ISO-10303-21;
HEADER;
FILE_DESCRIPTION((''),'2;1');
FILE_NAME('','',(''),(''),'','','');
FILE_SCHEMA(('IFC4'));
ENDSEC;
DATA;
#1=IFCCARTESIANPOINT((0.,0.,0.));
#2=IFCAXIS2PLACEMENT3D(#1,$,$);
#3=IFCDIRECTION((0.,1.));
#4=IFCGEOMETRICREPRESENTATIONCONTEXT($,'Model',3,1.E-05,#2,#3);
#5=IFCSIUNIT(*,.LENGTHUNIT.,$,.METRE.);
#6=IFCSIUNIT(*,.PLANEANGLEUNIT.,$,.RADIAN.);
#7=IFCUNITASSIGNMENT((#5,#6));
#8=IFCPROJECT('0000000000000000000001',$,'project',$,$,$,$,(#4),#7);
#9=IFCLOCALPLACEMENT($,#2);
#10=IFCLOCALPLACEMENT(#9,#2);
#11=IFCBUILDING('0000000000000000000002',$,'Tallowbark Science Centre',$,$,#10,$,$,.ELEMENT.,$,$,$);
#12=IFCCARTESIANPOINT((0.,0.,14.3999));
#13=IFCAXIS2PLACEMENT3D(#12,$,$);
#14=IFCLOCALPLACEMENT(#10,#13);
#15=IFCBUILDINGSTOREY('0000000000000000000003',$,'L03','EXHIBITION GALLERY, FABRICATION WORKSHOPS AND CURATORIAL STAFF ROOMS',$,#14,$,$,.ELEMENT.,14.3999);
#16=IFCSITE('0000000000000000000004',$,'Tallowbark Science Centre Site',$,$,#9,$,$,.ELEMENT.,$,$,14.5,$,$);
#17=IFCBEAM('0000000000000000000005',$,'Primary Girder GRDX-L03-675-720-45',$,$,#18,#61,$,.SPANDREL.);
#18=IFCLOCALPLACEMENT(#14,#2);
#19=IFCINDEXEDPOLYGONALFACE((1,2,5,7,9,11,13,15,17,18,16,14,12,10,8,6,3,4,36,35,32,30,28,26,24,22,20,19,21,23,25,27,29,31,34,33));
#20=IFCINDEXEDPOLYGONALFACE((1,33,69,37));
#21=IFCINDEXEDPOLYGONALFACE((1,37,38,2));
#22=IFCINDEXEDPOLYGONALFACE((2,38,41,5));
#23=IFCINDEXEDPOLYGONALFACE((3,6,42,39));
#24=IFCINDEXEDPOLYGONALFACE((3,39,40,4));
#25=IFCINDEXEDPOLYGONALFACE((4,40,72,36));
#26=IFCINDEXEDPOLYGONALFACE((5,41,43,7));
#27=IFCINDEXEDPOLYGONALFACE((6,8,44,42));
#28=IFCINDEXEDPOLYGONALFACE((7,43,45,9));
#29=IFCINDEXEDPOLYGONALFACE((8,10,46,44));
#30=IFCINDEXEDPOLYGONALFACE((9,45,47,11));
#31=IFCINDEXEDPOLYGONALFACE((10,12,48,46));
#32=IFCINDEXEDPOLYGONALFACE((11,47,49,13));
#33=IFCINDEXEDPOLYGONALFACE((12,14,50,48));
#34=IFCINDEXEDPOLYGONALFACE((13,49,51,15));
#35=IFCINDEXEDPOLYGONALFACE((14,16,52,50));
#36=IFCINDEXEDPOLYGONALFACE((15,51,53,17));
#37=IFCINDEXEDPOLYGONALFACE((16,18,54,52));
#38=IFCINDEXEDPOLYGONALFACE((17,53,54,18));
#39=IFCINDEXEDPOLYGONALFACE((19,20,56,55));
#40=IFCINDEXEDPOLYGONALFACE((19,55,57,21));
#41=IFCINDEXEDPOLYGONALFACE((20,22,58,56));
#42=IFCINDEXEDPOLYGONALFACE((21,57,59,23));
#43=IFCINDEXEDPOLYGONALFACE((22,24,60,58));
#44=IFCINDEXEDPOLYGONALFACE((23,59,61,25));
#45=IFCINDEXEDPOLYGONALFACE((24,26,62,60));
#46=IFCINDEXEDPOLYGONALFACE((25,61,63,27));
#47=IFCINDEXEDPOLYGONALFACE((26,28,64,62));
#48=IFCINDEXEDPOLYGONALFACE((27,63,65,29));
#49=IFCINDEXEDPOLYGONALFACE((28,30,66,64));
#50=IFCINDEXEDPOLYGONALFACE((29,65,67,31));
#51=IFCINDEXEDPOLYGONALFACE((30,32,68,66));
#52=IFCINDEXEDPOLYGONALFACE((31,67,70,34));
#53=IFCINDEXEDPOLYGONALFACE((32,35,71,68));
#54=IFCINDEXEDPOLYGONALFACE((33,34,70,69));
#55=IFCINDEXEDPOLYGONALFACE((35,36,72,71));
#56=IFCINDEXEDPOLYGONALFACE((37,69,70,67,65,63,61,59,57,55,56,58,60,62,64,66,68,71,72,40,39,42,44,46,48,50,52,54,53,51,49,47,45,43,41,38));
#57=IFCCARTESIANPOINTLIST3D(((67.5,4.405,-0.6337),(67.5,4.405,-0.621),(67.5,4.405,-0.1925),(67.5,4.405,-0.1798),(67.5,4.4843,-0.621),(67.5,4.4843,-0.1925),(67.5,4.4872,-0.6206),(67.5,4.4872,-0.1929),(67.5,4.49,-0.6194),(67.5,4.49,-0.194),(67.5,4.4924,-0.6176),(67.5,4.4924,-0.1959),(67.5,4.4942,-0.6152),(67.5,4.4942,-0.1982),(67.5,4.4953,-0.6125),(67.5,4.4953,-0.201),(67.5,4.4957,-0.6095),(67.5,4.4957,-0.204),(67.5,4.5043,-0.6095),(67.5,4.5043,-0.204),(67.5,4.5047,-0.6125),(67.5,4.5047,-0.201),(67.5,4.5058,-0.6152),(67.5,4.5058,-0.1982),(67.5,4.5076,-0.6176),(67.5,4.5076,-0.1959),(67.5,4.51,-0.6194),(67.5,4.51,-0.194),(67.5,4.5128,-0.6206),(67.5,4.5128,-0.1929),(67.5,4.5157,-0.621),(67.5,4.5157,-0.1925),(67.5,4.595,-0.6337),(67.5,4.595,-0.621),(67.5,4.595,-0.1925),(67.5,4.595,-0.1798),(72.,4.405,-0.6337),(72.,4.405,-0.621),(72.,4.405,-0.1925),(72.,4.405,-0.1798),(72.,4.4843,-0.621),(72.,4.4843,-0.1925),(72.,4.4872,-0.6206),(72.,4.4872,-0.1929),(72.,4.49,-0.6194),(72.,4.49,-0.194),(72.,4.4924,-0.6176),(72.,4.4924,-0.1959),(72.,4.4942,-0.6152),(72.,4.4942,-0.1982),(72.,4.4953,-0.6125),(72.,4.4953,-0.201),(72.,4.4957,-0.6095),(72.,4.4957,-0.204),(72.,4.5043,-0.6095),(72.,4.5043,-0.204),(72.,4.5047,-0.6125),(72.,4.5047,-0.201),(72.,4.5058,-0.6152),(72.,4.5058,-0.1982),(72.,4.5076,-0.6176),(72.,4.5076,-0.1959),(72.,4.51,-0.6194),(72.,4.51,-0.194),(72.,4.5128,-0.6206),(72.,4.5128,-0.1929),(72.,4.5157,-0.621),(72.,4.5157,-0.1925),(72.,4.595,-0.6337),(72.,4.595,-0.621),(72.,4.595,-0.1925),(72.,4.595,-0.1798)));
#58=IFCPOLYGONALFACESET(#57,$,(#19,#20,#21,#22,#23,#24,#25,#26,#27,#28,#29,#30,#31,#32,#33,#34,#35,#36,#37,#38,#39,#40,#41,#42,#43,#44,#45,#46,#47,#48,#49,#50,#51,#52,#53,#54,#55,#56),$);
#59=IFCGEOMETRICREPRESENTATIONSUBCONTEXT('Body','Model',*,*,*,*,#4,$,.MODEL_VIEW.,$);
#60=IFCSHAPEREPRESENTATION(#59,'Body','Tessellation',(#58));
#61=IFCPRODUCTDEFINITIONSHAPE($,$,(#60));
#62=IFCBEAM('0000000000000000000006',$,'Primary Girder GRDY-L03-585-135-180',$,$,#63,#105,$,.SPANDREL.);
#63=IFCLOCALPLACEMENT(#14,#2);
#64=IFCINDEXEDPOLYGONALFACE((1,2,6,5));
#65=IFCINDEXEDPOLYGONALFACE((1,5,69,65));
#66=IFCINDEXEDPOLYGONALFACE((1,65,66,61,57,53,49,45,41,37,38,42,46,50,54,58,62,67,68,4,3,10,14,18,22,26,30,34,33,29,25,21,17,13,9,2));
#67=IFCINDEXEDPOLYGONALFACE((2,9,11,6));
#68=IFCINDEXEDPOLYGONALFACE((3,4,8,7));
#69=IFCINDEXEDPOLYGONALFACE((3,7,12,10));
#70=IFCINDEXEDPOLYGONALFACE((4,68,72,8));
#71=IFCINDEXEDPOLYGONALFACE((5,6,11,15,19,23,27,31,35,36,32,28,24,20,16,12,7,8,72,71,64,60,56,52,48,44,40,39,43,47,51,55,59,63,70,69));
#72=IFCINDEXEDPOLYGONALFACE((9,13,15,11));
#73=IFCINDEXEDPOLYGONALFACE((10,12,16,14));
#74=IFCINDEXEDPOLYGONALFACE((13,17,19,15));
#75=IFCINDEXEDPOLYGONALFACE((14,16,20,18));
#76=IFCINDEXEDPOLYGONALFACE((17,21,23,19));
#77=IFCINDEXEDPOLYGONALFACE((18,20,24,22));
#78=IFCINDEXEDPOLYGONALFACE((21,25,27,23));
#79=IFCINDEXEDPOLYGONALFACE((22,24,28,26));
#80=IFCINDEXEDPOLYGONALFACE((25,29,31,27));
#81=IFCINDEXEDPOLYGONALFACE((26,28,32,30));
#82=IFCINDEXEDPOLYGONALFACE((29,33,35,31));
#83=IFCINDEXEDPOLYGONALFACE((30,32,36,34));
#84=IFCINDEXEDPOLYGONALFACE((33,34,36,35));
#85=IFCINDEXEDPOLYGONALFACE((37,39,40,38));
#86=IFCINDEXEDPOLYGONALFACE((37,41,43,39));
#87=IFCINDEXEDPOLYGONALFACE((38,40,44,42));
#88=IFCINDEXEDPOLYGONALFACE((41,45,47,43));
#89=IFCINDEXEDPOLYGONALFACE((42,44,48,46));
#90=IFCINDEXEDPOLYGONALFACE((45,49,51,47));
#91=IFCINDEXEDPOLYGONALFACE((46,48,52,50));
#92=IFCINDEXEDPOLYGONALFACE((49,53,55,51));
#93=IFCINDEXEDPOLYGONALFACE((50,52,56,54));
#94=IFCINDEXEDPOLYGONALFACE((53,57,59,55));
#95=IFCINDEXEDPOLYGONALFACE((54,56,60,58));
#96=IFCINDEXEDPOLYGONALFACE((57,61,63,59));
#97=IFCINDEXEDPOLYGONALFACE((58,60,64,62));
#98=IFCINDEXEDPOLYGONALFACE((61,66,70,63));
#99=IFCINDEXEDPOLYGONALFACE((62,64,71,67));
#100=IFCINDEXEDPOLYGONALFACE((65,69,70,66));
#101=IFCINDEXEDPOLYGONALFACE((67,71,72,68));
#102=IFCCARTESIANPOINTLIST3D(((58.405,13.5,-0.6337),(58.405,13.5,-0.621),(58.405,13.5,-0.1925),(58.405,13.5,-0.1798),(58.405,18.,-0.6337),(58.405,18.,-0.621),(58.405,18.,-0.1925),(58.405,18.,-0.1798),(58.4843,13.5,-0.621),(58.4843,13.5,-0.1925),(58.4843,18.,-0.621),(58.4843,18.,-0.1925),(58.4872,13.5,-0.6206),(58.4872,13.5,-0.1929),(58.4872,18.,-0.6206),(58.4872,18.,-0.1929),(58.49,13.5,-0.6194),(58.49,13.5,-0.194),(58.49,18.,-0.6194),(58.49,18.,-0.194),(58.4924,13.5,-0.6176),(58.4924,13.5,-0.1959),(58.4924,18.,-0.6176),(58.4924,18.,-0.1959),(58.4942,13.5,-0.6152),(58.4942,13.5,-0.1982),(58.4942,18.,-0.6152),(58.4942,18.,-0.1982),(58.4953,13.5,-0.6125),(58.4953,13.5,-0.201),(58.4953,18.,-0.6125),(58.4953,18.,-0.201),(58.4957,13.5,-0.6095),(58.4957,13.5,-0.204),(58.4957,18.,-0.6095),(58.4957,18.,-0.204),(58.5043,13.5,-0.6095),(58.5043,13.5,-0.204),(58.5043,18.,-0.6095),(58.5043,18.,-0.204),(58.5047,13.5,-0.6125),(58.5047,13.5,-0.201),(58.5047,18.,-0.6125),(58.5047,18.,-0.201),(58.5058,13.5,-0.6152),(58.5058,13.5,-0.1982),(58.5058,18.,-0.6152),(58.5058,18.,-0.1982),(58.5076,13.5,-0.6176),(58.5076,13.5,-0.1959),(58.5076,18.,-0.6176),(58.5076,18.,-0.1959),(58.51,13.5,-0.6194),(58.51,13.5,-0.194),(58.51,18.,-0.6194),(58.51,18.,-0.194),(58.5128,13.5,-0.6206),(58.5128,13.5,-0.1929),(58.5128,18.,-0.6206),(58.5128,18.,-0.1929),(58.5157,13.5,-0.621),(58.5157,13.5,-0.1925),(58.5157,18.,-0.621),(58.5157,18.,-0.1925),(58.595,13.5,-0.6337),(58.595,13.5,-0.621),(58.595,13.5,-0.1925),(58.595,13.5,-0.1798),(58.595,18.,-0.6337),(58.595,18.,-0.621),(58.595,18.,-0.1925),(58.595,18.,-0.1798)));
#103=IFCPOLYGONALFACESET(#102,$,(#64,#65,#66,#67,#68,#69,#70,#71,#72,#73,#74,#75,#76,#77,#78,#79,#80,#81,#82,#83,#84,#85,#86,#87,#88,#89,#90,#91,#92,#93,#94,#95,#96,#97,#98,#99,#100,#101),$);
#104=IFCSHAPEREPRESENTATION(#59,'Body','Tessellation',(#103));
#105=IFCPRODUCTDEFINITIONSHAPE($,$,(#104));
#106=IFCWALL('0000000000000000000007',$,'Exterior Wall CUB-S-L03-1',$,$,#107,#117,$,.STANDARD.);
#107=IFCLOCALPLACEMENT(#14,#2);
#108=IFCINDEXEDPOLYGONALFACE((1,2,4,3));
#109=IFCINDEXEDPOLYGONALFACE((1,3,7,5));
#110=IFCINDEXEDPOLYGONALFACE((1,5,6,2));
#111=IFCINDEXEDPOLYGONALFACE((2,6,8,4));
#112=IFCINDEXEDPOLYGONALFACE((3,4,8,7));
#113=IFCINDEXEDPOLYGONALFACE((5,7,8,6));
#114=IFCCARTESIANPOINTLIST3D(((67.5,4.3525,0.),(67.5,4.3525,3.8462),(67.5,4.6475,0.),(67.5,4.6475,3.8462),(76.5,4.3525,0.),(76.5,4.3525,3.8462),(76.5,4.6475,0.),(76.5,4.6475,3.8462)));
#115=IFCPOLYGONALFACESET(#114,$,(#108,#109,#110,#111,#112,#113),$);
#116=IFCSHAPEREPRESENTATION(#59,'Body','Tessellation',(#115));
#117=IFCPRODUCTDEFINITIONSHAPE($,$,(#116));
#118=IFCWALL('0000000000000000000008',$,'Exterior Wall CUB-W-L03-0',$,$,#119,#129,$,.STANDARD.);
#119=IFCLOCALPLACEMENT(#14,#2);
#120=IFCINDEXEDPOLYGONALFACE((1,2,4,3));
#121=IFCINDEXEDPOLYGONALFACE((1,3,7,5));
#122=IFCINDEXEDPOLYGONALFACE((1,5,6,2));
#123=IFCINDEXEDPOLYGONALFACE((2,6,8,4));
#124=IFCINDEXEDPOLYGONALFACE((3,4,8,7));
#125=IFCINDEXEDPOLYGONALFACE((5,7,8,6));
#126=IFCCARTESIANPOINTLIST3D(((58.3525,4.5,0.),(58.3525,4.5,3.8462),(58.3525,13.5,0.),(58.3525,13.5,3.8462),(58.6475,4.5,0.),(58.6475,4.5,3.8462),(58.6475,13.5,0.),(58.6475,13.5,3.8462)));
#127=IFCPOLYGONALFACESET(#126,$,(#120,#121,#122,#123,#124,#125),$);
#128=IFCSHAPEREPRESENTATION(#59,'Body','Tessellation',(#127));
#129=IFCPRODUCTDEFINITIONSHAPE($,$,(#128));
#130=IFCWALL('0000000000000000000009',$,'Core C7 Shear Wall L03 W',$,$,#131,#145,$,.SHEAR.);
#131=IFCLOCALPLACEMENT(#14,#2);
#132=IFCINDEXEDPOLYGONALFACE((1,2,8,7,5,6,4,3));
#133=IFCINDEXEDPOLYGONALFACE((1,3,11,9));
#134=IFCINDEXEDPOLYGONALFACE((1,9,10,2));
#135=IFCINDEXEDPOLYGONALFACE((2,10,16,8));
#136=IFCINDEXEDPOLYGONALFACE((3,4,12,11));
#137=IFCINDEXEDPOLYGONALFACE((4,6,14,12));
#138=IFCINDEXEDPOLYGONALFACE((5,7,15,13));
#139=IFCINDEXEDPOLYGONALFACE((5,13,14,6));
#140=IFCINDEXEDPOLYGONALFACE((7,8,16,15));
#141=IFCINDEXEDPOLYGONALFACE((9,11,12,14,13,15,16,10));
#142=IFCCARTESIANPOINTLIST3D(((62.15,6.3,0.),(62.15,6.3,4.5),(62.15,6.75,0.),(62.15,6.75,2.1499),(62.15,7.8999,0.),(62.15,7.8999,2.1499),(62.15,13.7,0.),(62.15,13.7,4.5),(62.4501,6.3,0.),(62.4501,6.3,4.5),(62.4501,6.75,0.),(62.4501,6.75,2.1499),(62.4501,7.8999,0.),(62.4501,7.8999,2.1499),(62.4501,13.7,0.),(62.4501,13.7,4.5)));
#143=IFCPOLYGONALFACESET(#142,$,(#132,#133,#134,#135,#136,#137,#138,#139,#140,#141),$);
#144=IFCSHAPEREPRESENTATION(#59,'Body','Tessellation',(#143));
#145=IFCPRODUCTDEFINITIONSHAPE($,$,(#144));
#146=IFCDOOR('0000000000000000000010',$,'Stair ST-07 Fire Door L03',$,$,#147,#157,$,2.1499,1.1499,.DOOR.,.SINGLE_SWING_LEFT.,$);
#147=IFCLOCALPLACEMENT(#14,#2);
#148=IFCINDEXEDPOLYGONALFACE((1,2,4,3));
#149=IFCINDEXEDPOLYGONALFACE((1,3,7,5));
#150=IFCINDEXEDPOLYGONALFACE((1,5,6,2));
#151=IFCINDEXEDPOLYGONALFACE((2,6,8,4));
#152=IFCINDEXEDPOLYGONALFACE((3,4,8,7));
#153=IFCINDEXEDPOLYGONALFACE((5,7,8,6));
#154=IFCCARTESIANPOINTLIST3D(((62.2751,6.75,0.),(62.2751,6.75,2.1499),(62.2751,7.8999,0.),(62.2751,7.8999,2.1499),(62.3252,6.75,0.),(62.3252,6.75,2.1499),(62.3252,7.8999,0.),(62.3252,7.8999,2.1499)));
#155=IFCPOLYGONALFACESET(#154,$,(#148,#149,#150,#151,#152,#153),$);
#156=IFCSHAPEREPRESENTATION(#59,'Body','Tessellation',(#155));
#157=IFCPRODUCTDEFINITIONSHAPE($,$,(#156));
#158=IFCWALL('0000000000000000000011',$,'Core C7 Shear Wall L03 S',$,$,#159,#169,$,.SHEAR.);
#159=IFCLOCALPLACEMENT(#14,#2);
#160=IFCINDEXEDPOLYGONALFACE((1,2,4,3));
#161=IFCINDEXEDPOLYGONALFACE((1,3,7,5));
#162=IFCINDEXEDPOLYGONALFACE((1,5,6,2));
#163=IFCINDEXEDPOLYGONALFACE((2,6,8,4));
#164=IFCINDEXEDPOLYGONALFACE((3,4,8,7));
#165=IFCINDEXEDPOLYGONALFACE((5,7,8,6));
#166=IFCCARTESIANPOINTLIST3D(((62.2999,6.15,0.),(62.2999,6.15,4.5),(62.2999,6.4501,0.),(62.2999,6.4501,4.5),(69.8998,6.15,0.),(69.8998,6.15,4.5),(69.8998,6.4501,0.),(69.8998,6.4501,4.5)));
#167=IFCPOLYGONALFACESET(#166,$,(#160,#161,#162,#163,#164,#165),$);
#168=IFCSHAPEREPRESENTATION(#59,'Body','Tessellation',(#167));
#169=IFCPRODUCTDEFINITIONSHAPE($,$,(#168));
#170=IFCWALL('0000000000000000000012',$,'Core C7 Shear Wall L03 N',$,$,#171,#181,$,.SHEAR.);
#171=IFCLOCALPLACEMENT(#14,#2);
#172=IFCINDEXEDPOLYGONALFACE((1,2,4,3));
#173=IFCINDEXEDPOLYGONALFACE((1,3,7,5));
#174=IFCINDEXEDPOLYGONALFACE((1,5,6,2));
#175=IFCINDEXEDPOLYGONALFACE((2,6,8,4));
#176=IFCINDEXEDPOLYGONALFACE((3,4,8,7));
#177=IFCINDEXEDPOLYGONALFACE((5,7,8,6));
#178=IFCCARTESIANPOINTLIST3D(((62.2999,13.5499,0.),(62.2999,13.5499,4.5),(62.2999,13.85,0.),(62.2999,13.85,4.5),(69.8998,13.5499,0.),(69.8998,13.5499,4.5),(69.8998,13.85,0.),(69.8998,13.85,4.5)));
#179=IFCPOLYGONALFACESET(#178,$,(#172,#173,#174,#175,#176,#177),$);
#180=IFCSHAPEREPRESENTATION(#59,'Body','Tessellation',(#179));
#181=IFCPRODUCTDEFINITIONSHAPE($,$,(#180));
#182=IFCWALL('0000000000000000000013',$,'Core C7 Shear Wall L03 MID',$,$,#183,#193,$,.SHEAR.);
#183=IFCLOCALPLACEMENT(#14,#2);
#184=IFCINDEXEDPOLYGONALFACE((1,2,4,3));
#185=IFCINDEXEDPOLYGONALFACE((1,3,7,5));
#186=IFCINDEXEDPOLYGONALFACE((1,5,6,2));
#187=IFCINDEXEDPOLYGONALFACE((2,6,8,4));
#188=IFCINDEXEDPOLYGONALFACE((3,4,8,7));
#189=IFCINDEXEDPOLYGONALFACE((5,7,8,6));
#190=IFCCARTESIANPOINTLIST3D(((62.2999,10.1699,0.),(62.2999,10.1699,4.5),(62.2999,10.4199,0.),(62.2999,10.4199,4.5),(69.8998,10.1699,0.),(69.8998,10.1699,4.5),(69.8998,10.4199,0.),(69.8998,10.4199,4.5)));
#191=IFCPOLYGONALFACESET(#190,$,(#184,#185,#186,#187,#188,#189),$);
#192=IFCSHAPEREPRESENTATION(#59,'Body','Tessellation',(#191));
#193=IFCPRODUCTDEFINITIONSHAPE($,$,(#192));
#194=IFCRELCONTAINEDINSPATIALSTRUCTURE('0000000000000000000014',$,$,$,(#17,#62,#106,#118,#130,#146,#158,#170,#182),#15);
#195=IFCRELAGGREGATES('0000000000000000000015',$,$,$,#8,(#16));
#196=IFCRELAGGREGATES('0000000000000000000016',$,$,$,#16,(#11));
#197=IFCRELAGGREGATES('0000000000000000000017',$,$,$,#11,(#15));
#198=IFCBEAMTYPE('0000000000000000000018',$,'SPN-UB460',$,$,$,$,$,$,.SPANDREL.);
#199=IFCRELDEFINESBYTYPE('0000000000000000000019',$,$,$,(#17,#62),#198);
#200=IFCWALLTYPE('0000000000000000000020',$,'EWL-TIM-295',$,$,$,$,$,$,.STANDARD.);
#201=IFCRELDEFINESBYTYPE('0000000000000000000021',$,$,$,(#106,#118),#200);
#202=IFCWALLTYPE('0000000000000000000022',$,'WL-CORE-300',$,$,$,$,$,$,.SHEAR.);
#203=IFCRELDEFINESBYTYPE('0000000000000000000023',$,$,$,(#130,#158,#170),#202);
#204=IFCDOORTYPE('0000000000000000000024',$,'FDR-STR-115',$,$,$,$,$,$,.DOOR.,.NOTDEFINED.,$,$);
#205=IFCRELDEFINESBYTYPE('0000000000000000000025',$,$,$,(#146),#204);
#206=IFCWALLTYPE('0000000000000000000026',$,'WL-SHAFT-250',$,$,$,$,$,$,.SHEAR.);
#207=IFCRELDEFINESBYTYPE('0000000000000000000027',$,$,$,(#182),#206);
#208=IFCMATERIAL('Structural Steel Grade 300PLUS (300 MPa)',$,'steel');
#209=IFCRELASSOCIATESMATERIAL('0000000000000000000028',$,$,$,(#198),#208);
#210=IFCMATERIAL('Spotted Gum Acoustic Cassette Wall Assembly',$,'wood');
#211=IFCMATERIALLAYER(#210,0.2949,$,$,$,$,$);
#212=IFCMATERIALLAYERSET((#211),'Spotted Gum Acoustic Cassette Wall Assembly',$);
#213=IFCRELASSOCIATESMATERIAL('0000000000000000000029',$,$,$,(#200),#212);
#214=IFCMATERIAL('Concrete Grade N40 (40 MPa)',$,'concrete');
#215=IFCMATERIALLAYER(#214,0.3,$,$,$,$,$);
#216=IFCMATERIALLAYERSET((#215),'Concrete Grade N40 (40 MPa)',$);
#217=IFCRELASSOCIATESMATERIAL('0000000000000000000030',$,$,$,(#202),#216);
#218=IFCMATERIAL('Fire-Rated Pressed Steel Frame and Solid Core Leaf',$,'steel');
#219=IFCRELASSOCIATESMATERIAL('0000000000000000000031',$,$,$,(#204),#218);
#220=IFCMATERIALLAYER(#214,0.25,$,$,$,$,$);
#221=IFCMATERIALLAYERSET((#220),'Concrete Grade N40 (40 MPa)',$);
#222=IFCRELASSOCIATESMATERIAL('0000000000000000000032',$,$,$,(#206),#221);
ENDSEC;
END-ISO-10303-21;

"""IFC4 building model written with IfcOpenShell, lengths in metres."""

from ifc_helpers import new_model, si_unit, direction, frame, frame_2d, origin, origin_2d, place, context, subcontext, project, spatial, rectangle, i_section, extrude, material, layer, layer_set, material_profile, profile_set, type_object, element, fill, save


model = new_model("IFC4")

# Units and contexts
model_context = context("Model", 3, precision=1e-05, world=origin(), true_north=direction((0.0, 1.0)))
body_context = subcontext(model_context, "Body", "Model", "MODEL_VIEW")
ifc_project = project(units=[si_unit("LENGTHUNIT", "METRE"), si_unit("PLANEANGLEUNIT", "RADIAN")], contexts=[model_context])

# Site, building, storey
site_placement = place(None, origin())
site = spatial("IfcSite", under=ifc_project, at=site_placement, Name="Tallowbark Science Centre Site", CompositionType="ELEMENT", RefElevation=14.5)
building_placement = place(site_placement, origin())
building = spatial("IfcBuilding", under=site, at=building_placement, Name="Tallowbark Science Centre", CompositionType="ELEMENT")
storey_placement = place(building_placement, frame((0.0, 0.0, 14.3999)))
storey = spatial("IfcBuildingStorey", under=building, at=storey_placement, Name="L03", Description="EXHIBITION GALLERY, FABRICATION WORKSHOPS AND CURATORIAL STAFF ROOMS", CompositionType="ELEMENT", Elevation=14.3999)

# Shared definitions
ifc_material_1 = material(Name="Structural Steel Grade 300PLUS (300 MPa)", Category="steel")

# Beams
ifc_material_2 = material(Name="Concrete Grade N40 (40 MPa)", Category="concrete")
ifc_material_profile_1 = material_profile(ifc_material_1, i_section(OverallWidth=0.1899, OverallDepth=0.4539, WebThickness=0.0085, FlangeThickness=0.0127, FilletRadius=0.0115, at=origin_2d()), Name="460UB67.1")
ifc_profile_set_1 = profile_set([ifc_material_profile_1], Name="Structural Steel Grade 300PLUS (300 MPa)")
beam_type_1 = type_object("IfcBeamType", Name="SPN-UB460", PredefinedType="SPANDREL", material=ifc_profile_set_1)
for number, where, z_axis, x_axis, name in (
    (1, (67.5, 4.5, -0.4067), (1.0, 0.0, 0.0), (0.0, 1.0, 0.0), "Primary Girder GRDX-L03-675-720-45"),
    (2, (58.5, 13.5, -0.4067), (0.0, 1.0, 0.0), (-1.0, 0.0, 0.0), "Primary Girder GRDY-L03-585-135-180"),
):
    element("IfcBeam", number, at=place(storey_placement, frame(where, z_axis=z_axis, x_axis=x_axis)), inside=storey, type_object=beam_type_1, Name=name, PredefinedType="SPANDREL", context=body_context, shape_type="SweptSolid", body=[
        extrude(i_section(OverallWidth=0.1899, OverallDepth=0.4539, WebThickness=0.0085, FlangeThickness=0.0127, FilletRadius=0.0115, at=origin_2d()), origin(), (0.0, 0.0, 1.0), 4.5),
    ])

# Walls
ifc_material_3 = material(Name="Spotted Gum Acoustic Cassette Wall Assembly", Category="wood")
ifc_layer_1 = layer(ifc_material_3, 0.2949)
ifc_layer_set_1 = layer_set([ifc_layer_1], Name="Spotted Gum Acoustic Cassette Wall Assembly")
wall_type_1 = type_object("IfcWallType", Name="EWL-TIM-295", PredefinedType="STANDARD", material=ifc_layer_set_1)
for number, where, z_axis, x_axis, name in (
    (3, (67.5, 4.5, 0.0), (0.0, 0.0, 1.0), (1.0, 0.0, 0.0), "Exterior Wall CUB-S-L03-1"),
    (4, (58.5, 13.5, 0.0), (0.0, 0.0, 1.0), (0.0, -1.0, 0.0), "Exterior Wall CUB-W-L03-0"),
):
    element("IfcWall", number, at=place(storey_placement, frame(where, z_axis=z_axis, x_axis=x_axis)), inside=storey, type_object=wall_type_1, Name=name, PredefinedType="STANDARD", context=body_context, shape_type="SweptSolid", body=[
        extrude(rectangle(XDim=9.0, YDim=0.2949, at=frame_2d((4.5, 0.0))), origin(), (0.0, 0.0, 1.0), 3.8462),
    ])

# Wall, opening, door
ifc_layer_2 = layer(ifc_material_2, 0.3)
ifc_layer_set_2 = layer_set([ifc_layer_2], Name="Concrete Grade N40 (40 MPa)")
wall_type_2 = type_object("IfcWallType", Name="WL-CORE-300", PredefinedType="SHEAR", material=ifc_layer_set_2)
wall_1_placement = place(storey_placement, frame((62.3, 6.3, 0.0), z_axis=(0.0, 0.0, 1.0), x_axis=(0.0, 1.0, 0.0)))
wall_1 = element("IfcWall", 5, at=wall_1_placement, inside=storey, type_object=wall_type_2, Name="Core C7 Shear Wall L03 W", PredefinedType="SHEAR", context=body_context, shape_type="SweptSolid", body=[
    extrude(rectangle(XDim=7.3999, YDim=0.3, at=frame_2d((3.7, 0.0))), origin(), (0.0, 0.0, 1.0), 4.5),
])
opening_placement = place(wall_1_placement, frame((0.45, 0.0, 0.0)))
opening = element("IfcOpeningElement", 6, at=opening_placement, cuts=wall_1, PredefinedType="OPENING", context=body_context, shape_type="SweptSolid", body=[
    extrude(rectangle(XDim=1.1499, YDim=2.1499, at=frame_2d((0.575, 1.075))), frame((0.0, 0.1602, 0.0), z_axis=(0.0, -1.0, 0.0), x_axis=(1.0, 0.0, 0.0)), (0.0, 0.0, 1.0), 0.3201),
])
ifc_material_4 = material(Name="Fire-Rated Pressed Steel Frame and Solid Core Leaf", Category="steel")
door_type = type_object("IfcDoorType", Name="FDR-STR-115", OperationType="NOTDEFINED", PredefinedType="DOOR", material=ifc_material_4)
door_placement = place(opening_placement, origin())
door = element("IfcDoor", 7, at=door_placement, inside=storey, type_object=door_type, Name="Stair ST-07 Fire Door L03", OperationType="SINGLE_SWING_LEFT", OverallHeight=2.1499, OverallWidth=1.1499, PredefinedType="DOOR", context=body_context, shape_type="SweptSolid", body=[
    extrude(rectangle(XDim=1.1499, YDim=2.1499, at=frame_2d((0.575, 1.075))), frame((0.0, 0.0249, 0.0), z_axis=(0.0, -1.0, 0.0), x_axis=(1.0, 0.0, 0.0)), (0.0, 0.0, 1.0), 0.05),
])
fill(opening, door)

# Walls
for number, where, z_axis, x_axis, name in (
    (8, (62.3, 6.3, 0.0), (0.0, 0.0, 1.0), (1.0, 0.0, 0.0), "Core C7 Shear Wall L03 S"),
    (9, (62.3, 13.7, 0.0), (0.0, 0.0, 1.0), (1.0, 0.0, 0.0), "Core C7 Shear Wall L03 N"),
):
    element("IfcWall", number, at=place(storey_placement, frame(where, z_axis=z_axis, x_axis=x_axis)), inside=storey, type_object=wall_type_2, Name=name, PredefinedType="SHEAR", context=body_context, shape_type="SweptSolid", body=[
        extrude(rectangle(XDim=7.5999, YDim=0.3, at=frame_2d((3.7998, 0.0))), origin(), (0.0, 0.0, 1.0), 4.5),
    ])
ifc_layer_3 = layer(ifc_material_2, 0.25)
ifc_layer_set_3 = layer_set([ifc_layer_3], Name="Concrete Grade N40 (40 MPa)")
wall_type_3 = type_object("IfcWallType", Name="WL-SHAFT-250", PredefinedType="SHEAR", material=ifc_layer_set_3)
wall_2_placement = place(storey_placement, frame((62.3, 10.2949, 0.0), z_axis=(0.0, 0.0, 1.0), x_axis=(1.0, 0.0, 0.0)))
element("IfcWall", 10, at=wall_2_placement, inside=storey, type_object=wall_type_3, Name="Core C7 Shear Wall L03 MID", PredefinedType="SHEAR", context=body_context, shape_type="SweptSolid", body=[
    extrude(rectangle(XDim=7.5999, YDim=0.25, at=frame_2d((3.7998, 0.0))), origin(), (0.0, 0.0, 1.0), 4.5),
])

save(model, "model.ifc")
